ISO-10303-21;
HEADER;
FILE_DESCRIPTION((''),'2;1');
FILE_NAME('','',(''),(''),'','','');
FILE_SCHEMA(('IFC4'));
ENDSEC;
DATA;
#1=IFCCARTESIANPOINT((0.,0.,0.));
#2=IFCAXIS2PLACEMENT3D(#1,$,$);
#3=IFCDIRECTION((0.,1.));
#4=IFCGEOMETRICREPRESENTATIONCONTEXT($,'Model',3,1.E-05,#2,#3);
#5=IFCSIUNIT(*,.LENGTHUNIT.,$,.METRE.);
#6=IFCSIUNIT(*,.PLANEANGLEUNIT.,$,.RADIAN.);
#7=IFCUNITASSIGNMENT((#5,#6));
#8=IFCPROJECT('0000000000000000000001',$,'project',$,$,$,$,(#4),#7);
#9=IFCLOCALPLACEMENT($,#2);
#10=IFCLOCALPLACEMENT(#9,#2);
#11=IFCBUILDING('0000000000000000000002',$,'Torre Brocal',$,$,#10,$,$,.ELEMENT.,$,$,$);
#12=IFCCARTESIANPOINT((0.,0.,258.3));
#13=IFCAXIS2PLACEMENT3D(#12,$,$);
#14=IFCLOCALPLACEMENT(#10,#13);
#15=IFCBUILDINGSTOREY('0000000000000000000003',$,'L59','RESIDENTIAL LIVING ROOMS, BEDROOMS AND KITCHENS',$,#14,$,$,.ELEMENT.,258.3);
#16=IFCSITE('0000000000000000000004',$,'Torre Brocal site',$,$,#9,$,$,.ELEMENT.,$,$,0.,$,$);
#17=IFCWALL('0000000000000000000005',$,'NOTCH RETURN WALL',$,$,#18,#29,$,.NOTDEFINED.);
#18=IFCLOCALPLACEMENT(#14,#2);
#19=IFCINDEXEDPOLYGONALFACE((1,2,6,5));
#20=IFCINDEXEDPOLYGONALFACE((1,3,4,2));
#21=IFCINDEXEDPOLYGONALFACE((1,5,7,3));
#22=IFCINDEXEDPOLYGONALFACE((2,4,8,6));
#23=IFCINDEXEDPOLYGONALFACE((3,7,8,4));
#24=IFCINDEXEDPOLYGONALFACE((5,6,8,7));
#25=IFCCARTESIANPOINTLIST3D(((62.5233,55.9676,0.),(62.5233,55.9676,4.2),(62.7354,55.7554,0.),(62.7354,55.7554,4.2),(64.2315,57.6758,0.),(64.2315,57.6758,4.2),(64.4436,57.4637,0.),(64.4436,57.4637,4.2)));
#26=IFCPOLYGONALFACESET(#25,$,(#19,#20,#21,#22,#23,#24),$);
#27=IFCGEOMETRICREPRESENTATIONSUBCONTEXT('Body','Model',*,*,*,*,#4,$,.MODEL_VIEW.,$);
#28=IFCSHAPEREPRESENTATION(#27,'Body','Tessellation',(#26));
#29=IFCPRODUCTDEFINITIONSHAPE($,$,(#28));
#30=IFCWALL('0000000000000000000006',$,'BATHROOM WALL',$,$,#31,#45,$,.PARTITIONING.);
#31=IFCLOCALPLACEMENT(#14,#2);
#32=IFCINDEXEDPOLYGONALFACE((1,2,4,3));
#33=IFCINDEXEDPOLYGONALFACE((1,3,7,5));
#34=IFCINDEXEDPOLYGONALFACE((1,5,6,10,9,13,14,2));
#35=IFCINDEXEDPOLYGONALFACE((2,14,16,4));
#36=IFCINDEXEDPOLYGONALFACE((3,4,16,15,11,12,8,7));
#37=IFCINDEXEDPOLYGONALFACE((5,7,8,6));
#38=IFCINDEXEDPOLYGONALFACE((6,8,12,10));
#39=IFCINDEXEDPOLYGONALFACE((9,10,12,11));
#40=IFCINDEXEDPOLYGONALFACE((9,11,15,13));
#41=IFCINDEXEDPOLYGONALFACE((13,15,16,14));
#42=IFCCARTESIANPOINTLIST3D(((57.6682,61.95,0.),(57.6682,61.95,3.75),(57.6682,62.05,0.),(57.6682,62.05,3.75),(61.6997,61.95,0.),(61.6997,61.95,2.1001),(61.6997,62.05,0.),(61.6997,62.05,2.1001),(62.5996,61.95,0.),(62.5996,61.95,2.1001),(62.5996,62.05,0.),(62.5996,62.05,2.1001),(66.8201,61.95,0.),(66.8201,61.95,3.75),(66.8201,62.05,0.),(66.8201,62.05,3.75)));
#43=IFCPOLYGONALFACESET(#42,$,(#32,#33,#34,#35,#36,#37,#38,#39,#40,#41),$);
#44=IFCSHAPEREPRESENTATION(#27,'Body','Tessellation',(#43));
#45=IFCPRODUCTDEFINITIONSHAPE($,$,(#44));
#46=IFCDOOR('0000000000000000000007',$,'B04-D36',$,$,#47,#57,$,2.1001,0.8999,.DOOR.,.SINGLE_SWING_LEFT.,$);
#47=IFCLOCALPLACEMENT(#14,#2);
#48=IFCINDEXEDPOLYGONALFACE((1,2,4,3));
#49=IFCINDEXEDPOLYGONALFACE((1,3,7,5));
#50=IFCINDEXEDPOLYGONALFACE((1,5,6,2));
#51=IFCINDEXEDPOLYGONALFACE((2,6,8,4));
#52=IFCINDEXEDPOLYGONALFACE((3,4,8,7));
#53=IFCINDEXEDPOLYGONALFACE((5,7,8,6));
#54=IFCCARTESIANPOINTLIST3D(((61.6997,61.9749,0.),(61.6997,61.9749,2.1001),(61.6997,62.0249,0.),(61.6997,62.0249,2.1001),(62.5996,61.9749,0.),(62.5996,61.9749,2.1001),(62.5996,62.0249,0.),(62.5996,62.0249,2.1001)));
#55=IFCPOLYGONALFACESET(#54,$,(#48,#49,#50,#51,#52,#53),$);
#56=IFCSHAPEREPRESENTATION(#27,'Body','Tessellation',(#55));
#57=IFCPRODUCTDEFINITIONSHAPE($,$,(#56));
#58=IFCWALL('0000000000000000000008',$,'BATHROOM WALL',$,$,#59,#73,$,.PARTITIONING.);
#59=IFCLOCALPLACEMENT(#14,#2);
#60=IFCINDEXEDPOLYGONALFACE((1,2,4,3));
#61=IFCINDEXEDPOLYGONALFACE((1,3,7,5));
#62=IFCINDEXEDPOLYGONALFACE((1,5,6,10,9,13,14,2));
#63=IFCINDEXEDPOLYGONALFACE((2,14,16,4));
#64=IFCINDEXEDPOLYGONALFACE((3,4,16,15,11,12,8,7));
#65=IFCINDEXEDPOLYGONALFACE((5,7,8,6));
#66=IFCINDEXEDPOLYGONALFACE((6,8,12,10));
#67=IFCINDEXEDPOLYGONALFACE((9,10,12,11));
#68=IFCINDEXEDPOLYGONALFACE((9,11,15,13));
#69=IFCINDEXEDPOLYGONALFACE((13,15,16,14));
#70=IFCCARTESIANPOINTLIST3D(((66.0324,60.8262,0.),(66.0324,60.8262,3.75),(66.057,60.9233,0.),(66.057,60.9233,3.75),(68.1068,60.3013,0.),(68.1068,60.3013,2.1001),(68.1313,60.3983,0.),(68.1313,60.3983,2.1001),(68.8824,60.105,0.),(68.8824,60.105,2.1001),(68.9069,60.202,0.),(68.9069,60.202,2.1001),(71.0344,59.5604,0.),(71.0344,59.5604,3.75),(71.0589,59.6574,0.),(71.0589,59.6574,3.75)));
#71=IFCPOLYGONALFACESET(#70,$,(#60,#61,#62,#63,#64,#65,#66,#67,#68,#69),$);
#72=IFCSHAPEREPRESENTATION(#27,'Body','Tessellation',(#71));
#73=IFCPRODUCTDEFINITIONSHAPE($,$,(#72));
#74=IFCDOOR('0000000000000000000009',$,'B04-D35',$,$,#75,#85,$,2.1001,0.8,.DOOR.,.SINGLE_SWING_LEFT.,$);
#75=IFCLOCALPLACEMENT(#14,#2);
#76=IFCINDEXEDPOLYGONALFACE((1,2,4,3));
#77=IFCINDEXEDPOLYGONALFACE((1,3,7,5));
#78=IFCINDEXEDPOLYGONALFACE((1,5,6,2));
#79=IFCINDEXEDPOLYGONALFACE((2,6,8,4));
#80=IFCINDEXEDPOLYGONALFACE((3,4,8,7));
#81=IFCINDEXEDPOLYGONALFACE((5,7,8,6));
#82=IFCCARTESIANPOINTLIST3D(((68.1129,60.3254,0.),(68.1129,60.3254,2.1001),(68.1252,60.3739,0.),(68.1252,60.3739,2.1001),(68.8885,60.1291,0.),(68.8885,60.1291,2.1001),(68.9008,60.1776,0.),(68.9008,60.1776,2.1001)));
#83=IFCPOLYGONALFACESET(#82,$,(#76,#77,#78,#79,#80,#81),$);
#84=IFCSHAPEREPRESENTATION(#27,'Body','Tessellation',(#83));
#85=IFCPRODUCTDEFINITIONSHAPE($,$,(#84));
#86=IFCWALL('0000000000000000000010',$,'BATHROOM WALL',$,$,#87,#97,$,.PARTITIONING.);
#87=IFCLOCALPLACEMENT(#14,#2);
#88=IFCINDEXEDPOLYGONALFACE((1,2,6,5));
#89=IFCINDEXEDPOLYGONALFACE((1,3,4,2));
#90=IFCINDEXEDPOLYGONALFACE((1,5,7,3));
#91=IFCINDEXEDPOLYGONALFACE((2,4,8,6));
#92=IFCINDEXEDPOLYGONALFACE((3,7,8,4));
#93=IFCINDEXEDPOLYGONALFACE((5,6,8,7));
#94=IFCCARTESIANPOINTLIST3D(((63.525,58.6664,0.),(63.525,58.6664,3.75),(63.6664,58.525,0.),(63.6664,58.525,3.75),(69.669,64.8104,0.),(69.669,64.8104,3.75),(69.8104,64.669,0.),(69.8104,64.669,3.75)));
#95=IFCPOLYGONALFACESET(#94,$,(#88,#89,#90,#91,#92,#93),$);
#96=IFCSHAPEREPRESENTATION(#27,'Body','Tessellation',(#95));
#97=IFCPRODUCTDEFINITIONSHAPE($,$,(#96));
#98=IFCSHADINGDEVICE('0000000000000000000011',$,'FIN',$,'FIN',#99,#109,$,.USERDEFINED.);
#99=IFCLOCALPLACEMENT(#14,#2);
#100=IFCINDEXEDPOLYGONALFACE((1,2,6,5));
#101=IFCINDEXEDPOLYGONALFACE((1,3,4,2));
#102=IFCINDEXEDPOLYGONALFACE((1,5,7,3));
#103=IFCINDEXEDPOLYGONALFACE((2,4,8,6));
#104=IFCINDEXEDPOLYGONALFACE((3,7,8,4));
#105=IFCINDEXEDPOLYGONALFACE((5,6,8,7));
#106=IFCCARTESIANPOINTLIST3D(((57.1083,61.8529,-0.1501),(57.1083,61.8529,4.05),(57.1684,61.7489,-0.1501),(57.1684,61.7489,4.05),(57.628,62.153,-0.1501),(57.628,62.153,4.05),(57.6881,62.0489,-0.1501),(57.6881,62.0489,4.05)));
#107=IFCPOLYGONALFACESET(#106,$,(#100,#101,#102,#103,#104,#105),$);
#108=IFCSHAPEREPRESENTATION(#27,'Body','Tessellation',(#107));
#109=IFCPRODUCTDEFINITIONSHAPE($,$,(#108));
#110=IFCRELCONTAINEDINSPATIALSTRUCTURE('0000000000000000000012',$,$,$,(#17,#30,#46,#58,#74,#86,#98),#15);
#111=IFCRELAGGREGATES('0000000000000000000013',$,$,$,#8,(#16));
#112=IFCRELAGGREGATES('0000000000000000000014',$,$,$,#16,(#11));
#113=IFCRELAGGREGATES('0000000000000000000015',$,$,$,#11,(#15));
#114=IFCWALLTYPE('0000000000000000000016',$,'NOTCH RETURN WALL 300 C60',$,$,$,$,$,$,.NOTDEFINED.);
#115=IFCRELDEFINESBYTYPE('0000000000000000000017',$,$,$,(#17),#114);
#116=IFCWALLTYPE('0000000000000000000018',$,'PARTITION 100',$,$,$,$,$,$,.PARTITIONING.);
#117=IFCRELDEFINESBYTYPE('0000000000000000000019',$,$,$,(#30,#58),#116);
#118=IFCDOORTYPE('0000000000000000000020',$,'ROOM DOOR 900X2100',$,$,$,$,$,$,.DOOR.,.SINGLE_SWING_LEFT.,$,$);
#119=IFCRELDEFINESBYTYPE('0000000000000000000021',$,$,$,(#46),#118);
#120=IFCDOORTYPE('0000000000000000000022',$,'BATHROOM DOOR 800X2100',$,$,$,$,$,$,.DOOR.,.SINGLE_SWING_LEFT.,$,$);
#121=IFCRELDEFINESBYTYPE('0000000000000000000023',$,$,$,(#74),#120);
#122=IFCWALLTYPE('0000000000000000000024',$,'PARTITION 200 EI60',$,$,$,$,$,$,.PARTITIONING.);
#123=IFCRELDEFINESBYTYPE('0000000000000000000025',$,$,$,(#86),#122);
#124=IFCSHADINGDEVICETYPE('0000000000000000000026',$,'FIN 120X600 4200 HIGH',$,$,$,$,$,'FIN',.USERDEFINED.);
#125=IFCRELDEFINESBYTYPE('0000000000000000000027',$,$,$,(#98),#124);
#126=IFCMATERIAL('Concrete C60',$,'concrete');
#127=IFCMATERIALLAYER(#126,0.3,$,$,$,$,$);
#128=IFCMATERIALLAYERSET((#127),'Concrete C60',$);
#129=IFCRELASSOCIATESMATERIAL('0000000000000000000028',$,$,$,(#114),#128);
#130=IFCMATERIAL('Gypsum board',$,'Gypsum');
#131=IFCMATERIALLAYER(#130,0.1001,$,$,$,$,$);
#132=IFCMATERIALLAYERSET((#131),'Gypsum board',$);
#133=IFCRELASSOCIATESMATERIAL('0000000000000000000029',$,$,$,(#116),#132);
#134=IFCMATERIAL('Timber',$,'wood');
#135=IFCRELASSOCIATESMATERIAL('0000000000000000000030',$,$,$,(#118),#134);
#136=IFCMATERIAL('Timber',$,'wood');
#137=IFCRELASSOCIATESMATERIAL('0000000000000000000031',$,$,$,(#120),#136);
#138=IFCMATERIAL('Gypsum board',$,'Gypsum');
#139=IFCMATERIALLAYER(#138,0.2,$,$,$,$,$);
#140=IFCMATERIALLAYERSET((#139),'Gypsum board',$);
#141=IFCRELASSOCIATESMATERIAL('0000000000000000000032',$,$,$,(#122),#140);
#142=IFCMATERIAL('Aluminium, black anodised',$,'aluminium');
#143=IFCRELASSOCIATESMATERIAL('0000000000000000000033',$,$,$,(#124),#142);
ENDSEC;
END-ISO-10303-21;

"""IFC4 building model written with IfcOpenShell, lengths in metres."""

from ifc_helpers import new_model, si_unit, direction, frame, frame_2d, origin, origin_2d, place, context, subcontext, project, spatial, rectangle, extrude, material, layer, layer_set, material_profile, profile_set, type_object, element, fill, save


model = new_model("IFC4")

# Units and contexts
model_context = context("Model", 3, precision=1e-05, world=origin(), true_north=direction((0.0, 1.0)))
body_context = subcontext(model_context, "Body", "Model", "MODEL_VIEW")
ifc_project = project(units=[si_unit("LENGTHUNIT", "METRE"), si_unit("PLANEANGLEUNIT", "RADIAN")], contexts=[model_context])

# Site, building, storey
site_placement = place(None, origin())
site = spatial("IfcSite", under=ifc_project, at=site_placement, Name="Torre Brocal site", CompositionType="ELEMENT", RefElevation=0.0)
building_placement = place(site_placement, origin())
building = spatial("IfcBuilding", under=site, at=building_placement, Name="Torre Brocal", CompositionType="ELEMENT")
storey_placement = place(building_placement, frame((0.0, 0.0, 258.3)))
storey = spatial("IfcBuildingStorey", under=building, at=storey_placement, Name="L59", Description="RESIDENTIAL LIVING ROOMS, BEDROOMS AND KITCHENS", CompositionType="ELEMENT", Elevation=258.3)

# Wall
ifc_material_1 = material(Name="Concrete C60", Category="concrete")
ifc_layer_1 = layer(ifc_material_1, 0.3)
ifc_layer_set_1 = layer_set([ifc_layer_1], Name="Concrete C60")
wall_type_1 = type_object("IfcWallType", Name="NOTCH RETURN WALL 300 C60", PredefinedType="NOTDEFINED", material=ifc_layer_set_1)
for number, where, z_axis, x_axis, name in (
    (1, (64.3376, 57.5698, 0.0), (0.0, 0.0, 1.0), (-0.707107, -0.707107, 0.0), "NOTCH RETURN WALL"),
):
    element("IfcWall", number, at=place(storey_placement, frame(where, z_axis=z_axis, x_axis=x_axis)), inside=storey, type_object=wall_type_1, Name=name, PredefinedType="NOTDEFINED", context=body_context, shape_type="SweptSolid", body=[
        extrude(rectangle(XDim=2.4158, YDim=0.3, at=frame_2d((1.208, 0.0))), origin(), (0.0, 0.0, 1.0), 4.2),
    ])

# Walls, openings, doors
ifc_material_2 = material(Name="Gypsum board", Category="Gypsum")
ifc_layer_2 = layer(ifc_material_2, 0.1001)
ifc_layer_set_2 = layer_set([ifc_layer_2], Name="Gypsum board")
wall_type_2 = type_object("IfcWallType", Name="PARTITION 100", PredefinedType="PARTITIONING", material=ifc_layer_set_2)
wall_1_placement = place(storey_placement, frame((57.6682, 62.0, 0.0), z_axis=(0.0, 0.0, 1.0), x_axis=(1.0, 0.0, 0.0)))
wall_1 = element("IfcWall", 2, at=wall_1_placement, inside=storey, type_object=wall_type_2, Name="BATHROOM WALL", PredefinedType="PARTITIONING", context=body_context, shape_type="SweptSolid", body=[
    extrude(rectangle(XDim=9.1519, YDim=0.1001, at=frame_2d((4.5759, 0.0))), origin(), (0.0, 0.0, 1.0), 3.75),
])
opening_1_placement = place(wall_1_placement, frame((4.0315, 0.0, 0.0)))
opening_1 = element("IfcOpeningElement", 3, at=opening_1_placement, cuts=wall_1, PredefinedType="OPENING", context=body_context, shape_type="SweptSolid", body=[
    extrude(rectangle(XDim=0.8999, YDim=2.1001, at=frame_2d((0.45, 1.05))), frame((0.0, 0.0601, 0.0), z_axis=(0.0, -1.0, 0.0), x_axis=(1.0, 0.0, 0.0)), (0.0, 0.0, 1.0), 0.1201),
])
ifc_material_3 = material(Name="Timber", Category="wood")
door_type_1 = type_object("IfcDoorType", Name="ROOM DOOR 900X2100", OperationType="SINGLE_SWING_LEFT", PredefinedType="DOOR", material=ifc_material_3)
door_1_placement = place(opening_1_placement, origin())
door_1 = element("IfcDoor", 4, at=door_1_placement, inside=storey, type_object=door_type_1, Name="B04-D36", OperationType="SINGLE_SWING_LEFT", OverallHeight=2.1001, OverallWidth=0.8999, PredefinedType="DOOR", context=body_context, shape_type="SweptSolid", body=[
    extrude(rectangle(XDim=0.8999, YDim=2.1001, at=frame_2d((0.45, 1.05))), frame((0.0, 0.0249, 0.0), z_axis=(0.0, -1.0, 0.0), x_axis=(1.0, 0.0, 0.0)), (0.0, 0.0, 1.0), 0.05),
])
fill(opening_1, door_1)
wall_2_placement = place(storey_placement, frame((66.0447, 60.8748, 0.0), z_axis=(0.0, 0.0, 1.0), x_axis=(0.969437, -0.24534, 0.0)))
wall_2 = element("IfcWall", 5, at=wall_2_placement, inside=storey, type_object=wall_type_2, Name="BATHROOM WALL", PredefinedType="PARTITIONING", context=body_context, shape_type="SweptSolid", body=[
    extrude(rectangle(XDim=5.1597, YDim=0.1001, at=frame_2d((2.5798, 0.0))), origin(), (0.0, 0.0, 1.0), 3.75),
])
opening_2_placement = place(wall_2_placement, frame((2.1399, 0.0, 0.0)))
opening_2 = element("IfcOpeningElement", 6, at=opening_2_placement, cuts=wall_2, PredefinedType="OPENING", context=body_context, shape_type="SweptSolid", body=[
    extrude(rectangle(XDim=0.8, YDim=2.1001, at=frame_2d((0.3999, 1.05))), frame((0.0, 0.0601, 0.0), z_axis=(0.0, -1.0, 0.0), x_axis=(1.0, 0.0, 0.0)), (0.0, 0.0, 1.0), 0.1201),
])
ifc_material_4 = material(Name="Timber", Category="wood")
door_type_2 = type_object("IfcDoorType", Name="BATHROOM DOOR 800X2100", OperationType="SINGLE_SWING_LEFT", PredefinedType="DOOR", material=ifc_material_4)
door_2_placement = place(opening_2_placement, origin())
door_2 = element("IfcDoor", 7, at=door_2_placement, inside=storey, type_object=door_type_2, Name="B04-D35", OperationType="SINGLE_SWING_LEFT", OverallHeight=2.1001, OverallWidth=0.8, PredefinedType="DOOR", context=body_context, shape_type="SweptSolid", body=[
    extrude(rectangle(XDim=0.8, YDim=2.1001, at=frame_2d((0.3999, 1.05))), frame((0.0, 0.0249, 0.0), z_axis=(0.0, -1.0, 0.0), x_axis=(1.0, 0.0, 0.0)), (0.0, 0.0, 1.0), 0.05),
])
fill(opening_2, door_2)

# Wall
ifc_material_5 = material(Name="Gypsum board", Category="Gypsum")
ifc_layer_3 = layer(ifc_material_5, 0.2)
ifc_layer_set_3 = layer_set([ifc_layer_3], Name="Gypsum board")
wall_type_3 = type_object("IfcWallType", Name="PARTITION 200 EI60", PredefinedType="PARTITIONING", material=ifc_layer_set_3)
wall_3_placement = place(storey_placement, frame((63.5957, 58.5957, 0.0), z_axis=(0.0, 0.0, 1.0), x_axis=(0.707107, 0.707107, 0.0)))
element("IfcWall", 8, at=wall_3_placement, inside=storey, type_object=wall_type_3, Name="BATHROOM WALL", PredefinedType="PARTITIONING", context=body_context, shape_type="SweptSolid", body=[
    extrude(rectangle(XDim=8.689, YDim=0.2, at=frame_2d((4.3445, 0.0))), origin(), (0.0, 0.0, 1.0), 3.75),
])

# Shading device
ifc_material_6 = material(Name="Aluminium, black anodised", Category="aluminium")
ifc_material_profile_1 = material_profile(ifc_material_6, rectangle(XDim=0.1201, YDim=0.6001, at=origin_2d()), Name="FIN 120X600 4200 HIGH")
ifc_profile_set_1 = profile_set([ifc_material_profile_1], Name="Aluminium, black anodised")
shading_device_type = type_object("IfcShadingDeviceType", Name="FIN 120X600 4200 HIGH", ElementType="FIN", PredefinedType="USERDEFINED", material=ifc_profile_set_1)
shading_device_placement = place(storey_placement, frame((57.3982, 61.9509, -0.1501), z_axis=(0.0, 0.0, 1.0), x_axis=(0.5, -0.866025, 0.0)))
element("IfcShadingDevice", 9, at=shading_device_placement, inside=storey, type_object=shading_device_type, Name="FIN", ObjectType="FIN", PredefinedType="USERDEFINED", context=body_context, shape_type="SweptSolid", body=[
    extrude(rectangle(XDim=0.1201, YDim=0.6001, at=origin_2d()), origin(), (0.0, 0.0, 1.0), 4.2002),
])

save(model, "model.ifc")
